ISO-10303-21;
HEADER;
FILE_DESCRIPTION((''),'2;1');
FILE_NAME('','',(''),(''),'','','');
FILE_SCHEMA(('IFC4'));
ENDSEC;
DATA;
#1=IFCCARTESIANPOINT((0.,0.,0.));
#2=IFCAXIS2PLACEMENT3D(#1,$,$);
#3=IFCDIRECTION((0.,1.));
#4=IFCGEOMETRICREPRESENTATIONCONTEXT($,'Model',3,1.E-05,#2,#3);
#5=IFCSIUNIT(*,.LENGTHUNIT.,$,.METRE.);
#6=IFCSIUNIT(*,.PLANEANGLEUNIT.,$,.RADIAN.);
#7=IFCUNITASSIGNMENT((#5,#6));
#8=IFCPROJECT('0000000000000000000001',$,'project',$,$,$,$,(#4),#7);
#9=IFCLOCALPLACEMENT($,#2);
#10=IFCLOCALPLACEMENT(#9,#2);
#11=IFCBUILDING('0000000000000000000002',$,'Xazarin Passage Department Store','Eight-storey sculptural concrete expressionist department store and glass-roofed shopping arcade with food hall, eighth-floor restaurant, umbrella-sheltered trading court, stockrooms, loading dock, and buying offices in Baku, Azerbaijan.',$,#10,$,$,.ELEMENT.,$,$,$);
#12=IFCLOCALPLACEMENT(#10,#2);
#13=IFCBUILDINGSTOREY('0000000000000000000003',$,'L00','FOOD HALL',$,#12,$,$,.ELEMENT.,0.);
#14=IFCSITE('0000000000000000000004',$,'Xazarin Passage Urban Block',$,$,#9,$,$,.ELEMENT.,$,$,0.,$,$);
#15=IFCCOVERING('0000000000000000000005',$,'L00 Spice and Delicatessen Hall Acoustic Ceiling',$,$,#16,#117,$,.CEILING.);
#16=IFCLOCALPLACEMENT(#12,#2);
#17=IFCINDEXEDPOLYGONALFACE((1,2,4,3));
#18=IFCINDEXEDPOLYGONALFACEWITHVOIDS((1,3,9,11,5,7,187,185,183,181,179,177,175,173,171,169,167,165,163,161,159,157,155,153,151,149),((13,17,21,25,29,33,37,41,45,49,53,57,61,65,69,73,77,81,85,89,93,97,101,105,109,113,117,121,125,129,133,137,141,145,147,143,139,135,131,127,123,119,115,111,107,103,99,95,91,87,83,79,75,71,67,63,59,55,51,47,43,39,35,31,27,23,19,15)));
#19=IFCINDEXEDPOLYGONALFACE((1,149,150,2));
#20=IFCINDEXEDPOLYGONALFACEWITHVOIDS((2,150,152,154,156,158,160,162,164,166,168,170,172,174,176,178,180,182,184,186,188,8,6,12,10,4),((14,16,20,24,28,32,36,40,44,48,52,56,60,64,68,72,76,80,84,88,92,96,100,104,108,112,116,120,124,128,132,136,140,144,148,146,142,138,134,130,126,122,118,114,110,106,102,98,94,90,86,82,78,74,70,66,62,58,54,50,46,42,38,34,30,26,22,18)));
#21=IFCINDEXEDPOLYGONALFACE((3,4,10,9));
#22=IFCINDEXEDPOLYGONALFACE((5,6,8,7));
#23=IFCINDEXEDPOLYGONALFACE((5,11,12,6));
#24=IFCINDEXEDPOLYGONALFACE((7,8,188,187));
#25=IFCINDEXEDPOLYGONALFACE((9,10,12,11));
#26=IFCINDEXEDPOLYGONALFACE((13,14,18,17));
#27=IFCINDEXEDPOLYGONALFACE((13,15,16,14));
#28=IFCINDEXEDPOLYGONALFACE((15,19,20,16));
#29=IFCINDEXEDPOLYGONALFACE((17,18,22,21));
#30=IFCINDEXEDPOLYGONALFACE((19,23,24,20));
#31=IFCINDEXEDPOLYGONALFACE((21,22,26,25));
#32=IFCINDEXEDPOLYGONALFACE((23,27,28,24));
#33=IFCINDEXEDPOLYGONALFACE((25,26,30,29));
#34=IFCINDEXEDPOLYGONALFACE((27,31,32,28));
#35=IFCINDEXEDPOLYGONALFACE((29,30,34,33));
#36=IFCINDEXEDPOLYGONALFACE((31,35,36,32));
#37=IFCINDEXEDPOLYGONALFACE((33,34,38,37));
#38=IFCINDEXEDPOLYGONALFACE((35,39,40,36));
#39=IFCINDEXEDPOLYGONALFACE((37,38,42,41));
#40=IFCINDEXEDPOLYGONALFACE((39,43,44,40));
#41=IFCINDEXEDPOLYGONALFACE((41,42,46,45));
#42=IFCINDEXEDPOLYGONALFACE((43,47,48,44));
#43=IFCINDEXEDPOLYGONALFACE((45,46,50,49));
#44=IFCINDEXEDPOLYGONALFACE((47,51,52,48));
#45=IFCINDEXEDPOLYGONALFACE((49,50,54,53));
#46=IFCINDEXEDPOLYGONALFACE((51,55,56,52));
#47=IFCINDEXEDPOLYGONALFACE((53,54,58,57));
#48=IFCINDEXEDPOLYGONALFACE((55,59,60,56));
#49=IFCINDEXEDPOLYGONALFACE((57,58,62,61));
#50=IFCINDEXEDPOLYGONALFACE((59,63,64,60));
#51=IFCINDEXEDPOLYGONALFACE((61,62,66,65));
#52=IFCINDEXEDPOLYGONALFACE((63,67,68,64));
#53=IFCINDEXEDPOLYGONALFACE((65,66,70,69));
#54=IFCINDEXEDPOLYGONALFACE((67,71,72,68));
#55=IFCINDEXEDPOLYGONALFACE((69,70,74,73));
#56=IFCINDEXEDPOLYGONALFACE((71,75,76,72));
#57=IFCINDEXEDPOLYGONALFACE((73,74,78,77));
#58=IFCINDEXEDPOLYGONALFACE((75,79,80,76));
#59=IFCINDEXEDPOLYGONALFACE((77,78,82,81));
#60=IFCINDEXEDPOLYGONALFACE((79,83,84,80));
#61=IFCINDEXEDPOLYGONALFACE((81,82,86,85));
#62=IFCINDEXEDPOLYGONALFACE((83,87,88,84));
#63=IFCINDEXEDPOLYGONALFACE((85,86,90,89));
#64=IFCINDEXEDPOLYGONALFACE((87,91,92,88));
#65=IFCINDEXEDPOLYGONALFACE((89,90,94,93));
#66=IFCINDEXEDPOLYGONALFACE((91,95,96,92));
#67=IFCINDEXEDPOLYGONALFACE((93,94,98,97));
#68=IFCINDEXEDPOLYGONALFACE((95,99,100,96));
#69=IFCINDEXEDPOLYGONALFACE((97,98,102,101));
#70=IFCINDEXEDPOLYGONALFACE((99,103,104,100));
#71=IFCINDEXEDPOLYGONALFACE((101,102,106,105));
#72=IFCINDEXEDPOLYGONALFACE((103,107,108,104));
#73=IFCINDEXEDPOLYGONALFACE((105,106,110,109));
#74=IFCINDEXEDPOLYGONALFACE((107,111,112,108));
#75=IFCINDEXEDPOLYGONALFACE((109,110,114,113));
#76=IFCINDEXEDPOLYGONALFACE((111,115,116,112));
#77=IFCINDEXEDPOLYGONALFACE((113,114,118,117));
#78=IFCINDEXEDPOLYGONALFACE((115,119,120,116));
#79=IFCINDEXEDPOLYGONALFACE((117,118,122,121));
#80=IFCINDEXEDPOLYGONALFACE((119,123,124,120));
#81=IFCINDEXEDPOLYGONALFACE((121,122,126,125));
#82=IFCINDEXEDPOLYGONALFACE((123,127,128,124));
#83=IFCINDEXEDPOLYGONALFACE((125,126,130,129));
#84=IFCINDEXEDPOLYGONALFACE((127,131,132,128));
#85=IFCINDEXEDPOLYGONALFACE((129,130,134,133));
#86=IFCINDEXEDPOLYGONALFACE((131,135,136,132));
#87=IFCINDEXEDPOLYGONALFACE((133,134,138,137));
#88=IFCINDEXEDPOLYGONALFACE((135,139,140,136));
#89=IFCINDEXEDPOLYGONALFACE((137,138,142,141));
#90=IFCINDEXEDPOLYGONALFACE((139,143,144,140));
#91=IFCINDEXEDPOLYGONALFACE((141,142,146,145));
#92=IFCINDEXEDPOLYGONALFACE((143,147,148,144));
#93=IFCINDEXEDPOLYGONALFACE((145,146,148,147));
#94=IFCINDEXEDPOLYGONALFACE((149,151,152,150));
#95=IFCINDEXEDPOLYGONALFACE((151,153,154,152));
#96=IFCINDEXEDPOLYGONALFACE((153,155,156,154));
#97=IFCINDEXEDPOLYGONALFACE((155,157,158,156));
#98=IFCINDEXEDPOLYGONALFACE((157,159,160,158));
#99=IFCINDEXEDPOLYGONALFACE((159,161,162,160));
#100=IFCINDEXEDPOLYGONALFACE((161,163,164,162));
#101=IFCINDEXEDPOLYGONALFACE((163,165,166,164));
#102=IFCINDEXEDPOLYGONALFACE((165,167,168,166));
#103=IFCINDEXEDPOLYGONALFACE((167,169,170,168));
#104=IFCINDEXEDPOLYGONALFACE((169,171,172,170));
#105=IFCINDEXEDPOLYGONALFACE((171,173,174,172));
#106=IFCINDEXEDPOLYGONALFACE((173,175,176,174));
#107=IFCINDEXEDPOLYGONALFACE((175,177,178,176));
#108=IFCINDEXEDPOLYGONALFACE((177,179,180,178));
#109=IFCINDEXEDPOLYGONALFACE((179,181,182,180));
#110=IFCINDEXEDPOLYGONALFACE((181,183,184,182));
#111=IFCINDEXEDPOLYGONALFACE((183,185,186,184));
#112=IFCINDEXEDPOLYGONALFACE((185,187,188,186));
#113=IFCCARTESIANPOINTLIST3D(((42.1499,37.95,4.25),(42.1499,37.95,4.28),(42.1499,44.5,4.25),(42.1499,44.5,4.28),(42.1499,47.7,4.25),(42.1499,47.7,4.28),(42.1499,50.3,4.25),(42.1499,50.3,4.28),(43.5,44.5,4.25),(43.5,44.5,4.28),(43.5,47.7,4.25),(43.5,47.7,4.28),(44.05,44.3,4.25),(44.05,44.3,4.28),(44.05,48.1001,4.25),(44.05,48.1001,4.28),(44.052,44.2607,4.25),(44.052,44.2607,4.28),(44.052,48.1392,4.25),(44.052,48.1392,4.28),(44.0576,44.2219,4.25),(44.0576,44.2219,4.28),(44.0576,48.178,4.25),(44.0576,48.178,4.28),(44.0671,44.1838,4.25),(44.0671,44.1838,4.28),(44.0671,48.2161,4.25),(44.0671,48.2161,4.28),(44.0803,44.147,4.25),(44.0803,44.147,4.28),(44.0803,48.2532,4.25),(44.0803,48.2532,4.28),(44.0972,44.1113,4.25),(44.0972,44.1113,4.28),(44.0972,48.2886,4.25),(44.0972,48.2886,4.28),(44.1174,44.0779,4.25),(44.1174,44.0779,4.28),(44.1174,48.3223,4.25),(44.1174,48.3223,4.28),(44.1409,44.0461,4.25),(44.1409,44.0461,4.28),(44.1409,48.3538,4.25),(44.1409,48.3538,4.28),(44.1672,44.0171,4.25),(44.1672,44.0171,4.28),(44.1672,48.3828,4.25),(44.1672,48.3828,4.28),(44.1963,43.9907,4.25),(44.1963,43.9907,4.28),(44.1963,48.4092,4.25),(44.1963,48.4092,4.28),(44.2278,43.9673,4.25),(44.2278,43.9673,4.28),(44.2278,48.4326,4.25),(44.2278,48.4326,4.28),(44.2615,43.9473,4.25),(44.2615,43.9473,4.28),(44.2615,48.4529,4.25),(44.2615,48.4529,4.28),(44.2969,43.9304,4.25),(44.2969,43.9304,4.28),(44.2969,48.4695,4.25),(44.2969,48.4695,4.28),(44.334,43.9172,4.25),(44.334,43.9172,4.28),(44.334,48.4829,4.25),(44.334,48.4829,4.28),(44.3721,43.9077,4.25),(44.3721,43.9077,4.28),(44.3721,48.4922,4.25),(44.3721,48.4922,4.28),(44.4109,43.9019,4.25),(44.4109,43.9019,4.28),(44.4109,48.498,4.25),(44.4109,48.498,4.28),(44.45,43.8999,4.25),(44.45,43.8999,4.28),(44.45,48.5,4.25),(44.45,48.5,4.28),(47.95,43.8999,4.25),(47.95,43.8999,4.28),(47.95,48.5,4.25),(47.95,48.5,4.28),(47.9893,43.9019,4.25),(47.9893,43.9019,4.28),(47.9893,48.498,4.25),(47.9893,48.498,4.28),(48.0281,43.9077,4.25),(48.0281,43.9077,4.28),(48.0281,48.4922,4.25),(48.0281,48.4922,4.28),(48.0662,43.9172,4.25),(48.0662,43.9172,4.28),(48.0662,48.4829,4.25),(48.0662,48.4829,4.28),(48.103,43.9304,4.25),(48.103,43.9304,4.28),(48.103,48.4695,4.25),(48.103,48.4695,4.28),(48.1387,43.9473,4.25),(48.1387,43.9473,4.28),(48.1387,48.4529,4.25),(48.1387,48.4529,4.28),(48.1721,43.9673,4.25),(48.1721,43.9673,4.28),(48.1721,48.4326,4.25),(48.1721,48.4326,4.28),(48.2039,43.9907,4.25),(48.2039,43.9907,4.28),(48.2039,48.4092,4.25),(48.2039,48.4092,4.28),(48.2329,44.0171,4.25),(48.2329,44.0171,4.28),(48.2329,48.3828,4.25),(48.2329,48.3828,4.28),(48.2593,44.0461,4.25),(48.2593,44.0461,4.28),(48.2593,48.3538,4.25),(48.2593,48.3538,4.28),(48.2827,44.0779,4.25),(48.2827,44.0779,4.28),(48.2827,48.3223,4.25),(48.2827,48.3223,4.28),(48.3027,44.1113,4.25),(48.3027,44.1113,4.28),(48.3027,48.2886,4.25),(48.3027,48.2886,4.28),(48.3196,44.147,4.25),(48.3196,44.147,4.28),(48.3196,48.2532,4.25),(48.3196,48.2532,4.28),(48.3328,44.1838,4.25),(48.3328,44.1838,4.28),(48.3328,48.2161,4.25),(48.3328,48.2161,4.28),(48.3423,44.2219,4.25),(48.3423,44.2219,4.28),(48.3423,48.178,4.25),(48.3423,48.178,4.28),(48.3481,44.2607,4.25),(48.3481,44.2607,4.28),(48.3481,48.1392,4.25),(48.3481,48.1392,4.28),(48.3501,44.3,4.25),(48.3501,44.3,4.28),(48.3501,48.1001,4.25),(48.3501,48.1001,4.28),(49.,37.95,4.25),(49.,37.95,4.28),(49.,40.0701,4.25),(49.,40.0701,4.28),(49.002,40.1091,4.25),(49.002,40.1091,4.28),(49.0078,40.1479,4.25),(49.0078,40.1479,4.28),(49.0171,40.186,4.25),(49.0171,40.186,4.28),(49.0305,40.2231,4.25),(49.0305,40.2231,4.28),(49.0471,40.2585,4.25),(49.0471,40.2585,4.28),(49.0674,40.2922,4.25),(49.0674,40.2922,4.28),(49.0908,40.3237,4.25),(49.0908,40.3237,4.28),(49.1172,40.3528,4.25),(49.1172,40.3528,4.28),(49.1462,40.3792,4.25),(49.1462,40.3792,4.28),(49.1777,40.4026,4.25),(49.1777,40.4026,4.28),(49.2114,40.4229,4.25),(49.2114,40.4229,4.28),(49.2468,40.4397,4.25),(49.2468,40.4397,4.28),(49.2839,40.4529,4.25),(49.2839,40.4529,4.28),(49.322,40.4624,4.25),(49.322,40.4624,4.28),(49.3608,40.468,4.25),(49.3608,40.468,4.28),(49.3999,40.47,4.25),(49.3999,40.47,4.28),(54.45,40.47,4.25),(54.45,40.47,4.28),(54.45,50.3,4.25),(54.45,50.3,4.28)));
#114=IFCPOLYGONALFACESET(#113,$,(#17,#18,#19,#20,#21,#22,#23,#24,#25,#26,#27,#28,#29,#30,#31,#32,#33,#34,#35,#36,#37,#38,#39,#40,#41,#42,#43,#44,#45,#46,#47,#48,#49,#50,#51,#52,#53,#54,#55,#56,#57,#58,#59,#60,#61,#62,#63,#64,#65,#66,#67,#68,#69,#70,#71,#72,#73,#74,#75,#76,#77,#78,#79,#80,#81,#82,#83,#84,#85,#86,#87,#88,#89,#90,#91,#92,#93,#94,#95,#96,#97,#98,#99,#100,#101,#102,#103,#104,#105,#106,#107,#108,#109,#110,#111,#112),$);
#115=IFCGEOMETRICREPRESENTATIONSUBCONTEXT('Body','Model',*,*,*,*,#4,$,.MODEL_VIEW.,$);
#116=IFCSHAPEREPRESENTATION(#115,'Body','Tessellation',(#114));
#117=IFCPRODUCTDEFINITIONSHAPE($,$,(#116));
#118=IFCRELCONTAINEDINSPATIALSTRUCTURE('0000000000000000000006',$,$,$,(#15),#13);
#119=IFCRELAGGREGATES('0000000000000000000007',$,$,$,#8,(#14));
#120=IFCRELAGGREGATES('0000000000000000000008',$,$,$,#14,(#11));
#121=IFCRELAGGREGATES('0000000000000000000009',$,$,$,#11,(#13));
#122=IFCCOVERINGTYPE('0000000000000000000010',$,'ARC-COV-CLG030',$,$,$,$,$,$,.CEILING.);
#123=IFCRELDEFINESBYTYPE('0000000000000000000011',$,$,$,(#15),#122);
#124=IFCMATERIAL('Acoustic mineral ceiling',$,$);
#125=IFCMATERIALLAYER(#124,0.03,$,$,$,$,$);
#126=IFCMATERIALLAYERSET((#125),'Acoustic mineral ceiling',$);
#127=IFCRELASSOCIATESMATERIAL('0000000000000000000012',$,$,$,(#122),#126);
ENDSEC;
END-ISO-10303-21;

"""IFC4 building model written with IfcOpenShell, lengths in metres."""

from ifc_helpers import new_model, si_unit, direction, frame, origin, place, context, subcontext, project, spatial, polyline, outline, extrude, material, layer, layer_set, type_object, element, save


model = new_model("IFC4")

# Units and contexts
model_context = context("Model", 3, precision=1e-05, world=origin(), true_north=direction((0.0, 1.0)))
body_context = subcontext(model_context, "Body", "Model", "MODEL_VIEW")
ifc_project = project(units=[si_unit("LENGTHUNIT", "METRE"), si_unit("PLANEANGLEUNIT", "RADIAN")], contexts=[model_context])

# Site, building, storey
site_placement = place(None, origin())
site = spatial("IfcSite", under=ifc_project, at=site_placement, Name="Xazarin Passage Urban Block", CompositionType="ELEMENT", RefElevation=0.0)
building_placement = place(site_placement, origin())
building = spatial("IfcBuilding", under=site, at=building_placement, Name="Xazarin Passage Department Store", Description="Eight-storey sculptural concrete expressionist department store and glass-roofed shopping arcade with food hall, eighth-floor restaurant, umbrella-sheltered trading court, stockrooms, loading dock, and buying offices in Baku, Azerbaijan.", CompositionType="ELEMENT")
storey_placement = place(building_placement, origin())
storey = spatial("IfcBuildingStorey", under=building, at=storey_placement, Name="L00", Description="FOOD HALL", CompositionType="ELEMENT", Elevation=0.0)

# Covering
ifc_material_1 = material(Name="Acoustic mineral ceiling")
ifc_layer_1 = layer(ifc_material_1, 0.03)
ifc_layer_set_1 = layer_set([ifc_layer_1], Name="Acoustic mineral ceiling")
covering_type_1 = type_object("IfcCoveringType", Name="ARC-COV-CLG030", PredefinedType="CEILING", material=ifc_layer_set_1)
covering_1_placement = place(storey_placement, frame((0.0, 0.0, 4.25)))
element("IfcCovering", 1, at=covering_1_placement, inside=storey, type_object=covering_type_1, Name="L00 Spice and Delicatessen Hall Acoustic Ceiling", PredefinedType="CEILING", context=body_context, shape_type="SweptSolid", body=[
    extrude(outline(polyline([(49.0, 37.95), (49.0, 40.0701), (49.002, 40.1091), (49.0078, 40.1479), (49.0171, 40.186), (49.0305, 40.2231), (49.0471, 40.2585), (49.0674, 40.2922), (49.0908, 40.3237), (49.1172, 40.3528), (49.1462, 40.3792), (49.1777, 40.4026), (49.2114, 40.4229), (49.2468, 40.4397), (49.2839, 40.4529), (49.322, 40.4624), (49.3608, 40.468), (49.3999, 40.47), (54.45, 40.47), (54.45, 50.3), (42.1499, 50.3), (42.1499, 47.7), (43.5, 47.7), (43.5, 44.5), (42.1499, 44.5), (42.1499, 37.95), (49.0, 37.95)]), holes=[polyline([(48.3501, 44.3), (48.3481, 44.2607), (48.3423, 44.2219), (48.3328, 44.1838), (48.3196, 44.147), (48.3027, 44.1113), (48.2827, 44.0779), (48.2593, 44.0461), (48.2329, 44.0171), (48.2039, 43.9907), (48.1721, 43.9673), (48.1387, 43.9473), (48.103, 43.9304), (48.0662, 43.9172), (48.0281, 43.9077), (47.9893, 43.9019), (47.95, 43.8999), (44.45, 43.8999), (44.4109, 43.9019), (44.3721, 43.9077), (44.334, 43.9172), (44.2969, 43.9304), (44.2615, 43.9473), (44.2278, 43.9673), (44.1963, 43.9907), (44.1672, 44.0171), (44.1409, 44.0461), (44.1174, 44.0779), (44.0972, 44.1113), (44.0803, 44.147), (44.0671, 44.1838), (44.0576, 44.2219), (44.052, 44.2607), (44.05, 44.3), (44.05, 48.1001), (44.052, 48.1392), (44.0576, 48.178), (44.0671, 48.2161), (44.0803, 48.2532), (44.0972, 48.2886), (44.1174, 48.3223), (44.1409, 48.3538), (44.1672, 48.3828), (44.1963, 48.4092), (44.2278, 48.4326), (44.2615, 48.4529), (44.2969, 48.4695), (44.334, 48.4829), (44.3721, 48.4922), (44.4109, 48.498), (44.45, 48.5), (47.95, 48.5), (47.9893, 48.498), (48.0281, 48.4922), (48.0662, 48.4829), (48.103, 48.4695), (48.1387, 48.4529), (48.1721, 48.4326), (48.2039, 48.4092), (48.2329, 48.3828), (48.2593, 48.3538), (48.2827, 48.3223), (48.3027, 48.2886), (48.3196, 48.2532), (48.3328, 48.2161), (48.3423, 48.178), (48.3481, 48.1392), (48.3501, 48.1001), (48.3501, 44.3)])]), origin(), (0.0, 0.0, 1.0), 0.03),
])

save(model, "model.ifc")
